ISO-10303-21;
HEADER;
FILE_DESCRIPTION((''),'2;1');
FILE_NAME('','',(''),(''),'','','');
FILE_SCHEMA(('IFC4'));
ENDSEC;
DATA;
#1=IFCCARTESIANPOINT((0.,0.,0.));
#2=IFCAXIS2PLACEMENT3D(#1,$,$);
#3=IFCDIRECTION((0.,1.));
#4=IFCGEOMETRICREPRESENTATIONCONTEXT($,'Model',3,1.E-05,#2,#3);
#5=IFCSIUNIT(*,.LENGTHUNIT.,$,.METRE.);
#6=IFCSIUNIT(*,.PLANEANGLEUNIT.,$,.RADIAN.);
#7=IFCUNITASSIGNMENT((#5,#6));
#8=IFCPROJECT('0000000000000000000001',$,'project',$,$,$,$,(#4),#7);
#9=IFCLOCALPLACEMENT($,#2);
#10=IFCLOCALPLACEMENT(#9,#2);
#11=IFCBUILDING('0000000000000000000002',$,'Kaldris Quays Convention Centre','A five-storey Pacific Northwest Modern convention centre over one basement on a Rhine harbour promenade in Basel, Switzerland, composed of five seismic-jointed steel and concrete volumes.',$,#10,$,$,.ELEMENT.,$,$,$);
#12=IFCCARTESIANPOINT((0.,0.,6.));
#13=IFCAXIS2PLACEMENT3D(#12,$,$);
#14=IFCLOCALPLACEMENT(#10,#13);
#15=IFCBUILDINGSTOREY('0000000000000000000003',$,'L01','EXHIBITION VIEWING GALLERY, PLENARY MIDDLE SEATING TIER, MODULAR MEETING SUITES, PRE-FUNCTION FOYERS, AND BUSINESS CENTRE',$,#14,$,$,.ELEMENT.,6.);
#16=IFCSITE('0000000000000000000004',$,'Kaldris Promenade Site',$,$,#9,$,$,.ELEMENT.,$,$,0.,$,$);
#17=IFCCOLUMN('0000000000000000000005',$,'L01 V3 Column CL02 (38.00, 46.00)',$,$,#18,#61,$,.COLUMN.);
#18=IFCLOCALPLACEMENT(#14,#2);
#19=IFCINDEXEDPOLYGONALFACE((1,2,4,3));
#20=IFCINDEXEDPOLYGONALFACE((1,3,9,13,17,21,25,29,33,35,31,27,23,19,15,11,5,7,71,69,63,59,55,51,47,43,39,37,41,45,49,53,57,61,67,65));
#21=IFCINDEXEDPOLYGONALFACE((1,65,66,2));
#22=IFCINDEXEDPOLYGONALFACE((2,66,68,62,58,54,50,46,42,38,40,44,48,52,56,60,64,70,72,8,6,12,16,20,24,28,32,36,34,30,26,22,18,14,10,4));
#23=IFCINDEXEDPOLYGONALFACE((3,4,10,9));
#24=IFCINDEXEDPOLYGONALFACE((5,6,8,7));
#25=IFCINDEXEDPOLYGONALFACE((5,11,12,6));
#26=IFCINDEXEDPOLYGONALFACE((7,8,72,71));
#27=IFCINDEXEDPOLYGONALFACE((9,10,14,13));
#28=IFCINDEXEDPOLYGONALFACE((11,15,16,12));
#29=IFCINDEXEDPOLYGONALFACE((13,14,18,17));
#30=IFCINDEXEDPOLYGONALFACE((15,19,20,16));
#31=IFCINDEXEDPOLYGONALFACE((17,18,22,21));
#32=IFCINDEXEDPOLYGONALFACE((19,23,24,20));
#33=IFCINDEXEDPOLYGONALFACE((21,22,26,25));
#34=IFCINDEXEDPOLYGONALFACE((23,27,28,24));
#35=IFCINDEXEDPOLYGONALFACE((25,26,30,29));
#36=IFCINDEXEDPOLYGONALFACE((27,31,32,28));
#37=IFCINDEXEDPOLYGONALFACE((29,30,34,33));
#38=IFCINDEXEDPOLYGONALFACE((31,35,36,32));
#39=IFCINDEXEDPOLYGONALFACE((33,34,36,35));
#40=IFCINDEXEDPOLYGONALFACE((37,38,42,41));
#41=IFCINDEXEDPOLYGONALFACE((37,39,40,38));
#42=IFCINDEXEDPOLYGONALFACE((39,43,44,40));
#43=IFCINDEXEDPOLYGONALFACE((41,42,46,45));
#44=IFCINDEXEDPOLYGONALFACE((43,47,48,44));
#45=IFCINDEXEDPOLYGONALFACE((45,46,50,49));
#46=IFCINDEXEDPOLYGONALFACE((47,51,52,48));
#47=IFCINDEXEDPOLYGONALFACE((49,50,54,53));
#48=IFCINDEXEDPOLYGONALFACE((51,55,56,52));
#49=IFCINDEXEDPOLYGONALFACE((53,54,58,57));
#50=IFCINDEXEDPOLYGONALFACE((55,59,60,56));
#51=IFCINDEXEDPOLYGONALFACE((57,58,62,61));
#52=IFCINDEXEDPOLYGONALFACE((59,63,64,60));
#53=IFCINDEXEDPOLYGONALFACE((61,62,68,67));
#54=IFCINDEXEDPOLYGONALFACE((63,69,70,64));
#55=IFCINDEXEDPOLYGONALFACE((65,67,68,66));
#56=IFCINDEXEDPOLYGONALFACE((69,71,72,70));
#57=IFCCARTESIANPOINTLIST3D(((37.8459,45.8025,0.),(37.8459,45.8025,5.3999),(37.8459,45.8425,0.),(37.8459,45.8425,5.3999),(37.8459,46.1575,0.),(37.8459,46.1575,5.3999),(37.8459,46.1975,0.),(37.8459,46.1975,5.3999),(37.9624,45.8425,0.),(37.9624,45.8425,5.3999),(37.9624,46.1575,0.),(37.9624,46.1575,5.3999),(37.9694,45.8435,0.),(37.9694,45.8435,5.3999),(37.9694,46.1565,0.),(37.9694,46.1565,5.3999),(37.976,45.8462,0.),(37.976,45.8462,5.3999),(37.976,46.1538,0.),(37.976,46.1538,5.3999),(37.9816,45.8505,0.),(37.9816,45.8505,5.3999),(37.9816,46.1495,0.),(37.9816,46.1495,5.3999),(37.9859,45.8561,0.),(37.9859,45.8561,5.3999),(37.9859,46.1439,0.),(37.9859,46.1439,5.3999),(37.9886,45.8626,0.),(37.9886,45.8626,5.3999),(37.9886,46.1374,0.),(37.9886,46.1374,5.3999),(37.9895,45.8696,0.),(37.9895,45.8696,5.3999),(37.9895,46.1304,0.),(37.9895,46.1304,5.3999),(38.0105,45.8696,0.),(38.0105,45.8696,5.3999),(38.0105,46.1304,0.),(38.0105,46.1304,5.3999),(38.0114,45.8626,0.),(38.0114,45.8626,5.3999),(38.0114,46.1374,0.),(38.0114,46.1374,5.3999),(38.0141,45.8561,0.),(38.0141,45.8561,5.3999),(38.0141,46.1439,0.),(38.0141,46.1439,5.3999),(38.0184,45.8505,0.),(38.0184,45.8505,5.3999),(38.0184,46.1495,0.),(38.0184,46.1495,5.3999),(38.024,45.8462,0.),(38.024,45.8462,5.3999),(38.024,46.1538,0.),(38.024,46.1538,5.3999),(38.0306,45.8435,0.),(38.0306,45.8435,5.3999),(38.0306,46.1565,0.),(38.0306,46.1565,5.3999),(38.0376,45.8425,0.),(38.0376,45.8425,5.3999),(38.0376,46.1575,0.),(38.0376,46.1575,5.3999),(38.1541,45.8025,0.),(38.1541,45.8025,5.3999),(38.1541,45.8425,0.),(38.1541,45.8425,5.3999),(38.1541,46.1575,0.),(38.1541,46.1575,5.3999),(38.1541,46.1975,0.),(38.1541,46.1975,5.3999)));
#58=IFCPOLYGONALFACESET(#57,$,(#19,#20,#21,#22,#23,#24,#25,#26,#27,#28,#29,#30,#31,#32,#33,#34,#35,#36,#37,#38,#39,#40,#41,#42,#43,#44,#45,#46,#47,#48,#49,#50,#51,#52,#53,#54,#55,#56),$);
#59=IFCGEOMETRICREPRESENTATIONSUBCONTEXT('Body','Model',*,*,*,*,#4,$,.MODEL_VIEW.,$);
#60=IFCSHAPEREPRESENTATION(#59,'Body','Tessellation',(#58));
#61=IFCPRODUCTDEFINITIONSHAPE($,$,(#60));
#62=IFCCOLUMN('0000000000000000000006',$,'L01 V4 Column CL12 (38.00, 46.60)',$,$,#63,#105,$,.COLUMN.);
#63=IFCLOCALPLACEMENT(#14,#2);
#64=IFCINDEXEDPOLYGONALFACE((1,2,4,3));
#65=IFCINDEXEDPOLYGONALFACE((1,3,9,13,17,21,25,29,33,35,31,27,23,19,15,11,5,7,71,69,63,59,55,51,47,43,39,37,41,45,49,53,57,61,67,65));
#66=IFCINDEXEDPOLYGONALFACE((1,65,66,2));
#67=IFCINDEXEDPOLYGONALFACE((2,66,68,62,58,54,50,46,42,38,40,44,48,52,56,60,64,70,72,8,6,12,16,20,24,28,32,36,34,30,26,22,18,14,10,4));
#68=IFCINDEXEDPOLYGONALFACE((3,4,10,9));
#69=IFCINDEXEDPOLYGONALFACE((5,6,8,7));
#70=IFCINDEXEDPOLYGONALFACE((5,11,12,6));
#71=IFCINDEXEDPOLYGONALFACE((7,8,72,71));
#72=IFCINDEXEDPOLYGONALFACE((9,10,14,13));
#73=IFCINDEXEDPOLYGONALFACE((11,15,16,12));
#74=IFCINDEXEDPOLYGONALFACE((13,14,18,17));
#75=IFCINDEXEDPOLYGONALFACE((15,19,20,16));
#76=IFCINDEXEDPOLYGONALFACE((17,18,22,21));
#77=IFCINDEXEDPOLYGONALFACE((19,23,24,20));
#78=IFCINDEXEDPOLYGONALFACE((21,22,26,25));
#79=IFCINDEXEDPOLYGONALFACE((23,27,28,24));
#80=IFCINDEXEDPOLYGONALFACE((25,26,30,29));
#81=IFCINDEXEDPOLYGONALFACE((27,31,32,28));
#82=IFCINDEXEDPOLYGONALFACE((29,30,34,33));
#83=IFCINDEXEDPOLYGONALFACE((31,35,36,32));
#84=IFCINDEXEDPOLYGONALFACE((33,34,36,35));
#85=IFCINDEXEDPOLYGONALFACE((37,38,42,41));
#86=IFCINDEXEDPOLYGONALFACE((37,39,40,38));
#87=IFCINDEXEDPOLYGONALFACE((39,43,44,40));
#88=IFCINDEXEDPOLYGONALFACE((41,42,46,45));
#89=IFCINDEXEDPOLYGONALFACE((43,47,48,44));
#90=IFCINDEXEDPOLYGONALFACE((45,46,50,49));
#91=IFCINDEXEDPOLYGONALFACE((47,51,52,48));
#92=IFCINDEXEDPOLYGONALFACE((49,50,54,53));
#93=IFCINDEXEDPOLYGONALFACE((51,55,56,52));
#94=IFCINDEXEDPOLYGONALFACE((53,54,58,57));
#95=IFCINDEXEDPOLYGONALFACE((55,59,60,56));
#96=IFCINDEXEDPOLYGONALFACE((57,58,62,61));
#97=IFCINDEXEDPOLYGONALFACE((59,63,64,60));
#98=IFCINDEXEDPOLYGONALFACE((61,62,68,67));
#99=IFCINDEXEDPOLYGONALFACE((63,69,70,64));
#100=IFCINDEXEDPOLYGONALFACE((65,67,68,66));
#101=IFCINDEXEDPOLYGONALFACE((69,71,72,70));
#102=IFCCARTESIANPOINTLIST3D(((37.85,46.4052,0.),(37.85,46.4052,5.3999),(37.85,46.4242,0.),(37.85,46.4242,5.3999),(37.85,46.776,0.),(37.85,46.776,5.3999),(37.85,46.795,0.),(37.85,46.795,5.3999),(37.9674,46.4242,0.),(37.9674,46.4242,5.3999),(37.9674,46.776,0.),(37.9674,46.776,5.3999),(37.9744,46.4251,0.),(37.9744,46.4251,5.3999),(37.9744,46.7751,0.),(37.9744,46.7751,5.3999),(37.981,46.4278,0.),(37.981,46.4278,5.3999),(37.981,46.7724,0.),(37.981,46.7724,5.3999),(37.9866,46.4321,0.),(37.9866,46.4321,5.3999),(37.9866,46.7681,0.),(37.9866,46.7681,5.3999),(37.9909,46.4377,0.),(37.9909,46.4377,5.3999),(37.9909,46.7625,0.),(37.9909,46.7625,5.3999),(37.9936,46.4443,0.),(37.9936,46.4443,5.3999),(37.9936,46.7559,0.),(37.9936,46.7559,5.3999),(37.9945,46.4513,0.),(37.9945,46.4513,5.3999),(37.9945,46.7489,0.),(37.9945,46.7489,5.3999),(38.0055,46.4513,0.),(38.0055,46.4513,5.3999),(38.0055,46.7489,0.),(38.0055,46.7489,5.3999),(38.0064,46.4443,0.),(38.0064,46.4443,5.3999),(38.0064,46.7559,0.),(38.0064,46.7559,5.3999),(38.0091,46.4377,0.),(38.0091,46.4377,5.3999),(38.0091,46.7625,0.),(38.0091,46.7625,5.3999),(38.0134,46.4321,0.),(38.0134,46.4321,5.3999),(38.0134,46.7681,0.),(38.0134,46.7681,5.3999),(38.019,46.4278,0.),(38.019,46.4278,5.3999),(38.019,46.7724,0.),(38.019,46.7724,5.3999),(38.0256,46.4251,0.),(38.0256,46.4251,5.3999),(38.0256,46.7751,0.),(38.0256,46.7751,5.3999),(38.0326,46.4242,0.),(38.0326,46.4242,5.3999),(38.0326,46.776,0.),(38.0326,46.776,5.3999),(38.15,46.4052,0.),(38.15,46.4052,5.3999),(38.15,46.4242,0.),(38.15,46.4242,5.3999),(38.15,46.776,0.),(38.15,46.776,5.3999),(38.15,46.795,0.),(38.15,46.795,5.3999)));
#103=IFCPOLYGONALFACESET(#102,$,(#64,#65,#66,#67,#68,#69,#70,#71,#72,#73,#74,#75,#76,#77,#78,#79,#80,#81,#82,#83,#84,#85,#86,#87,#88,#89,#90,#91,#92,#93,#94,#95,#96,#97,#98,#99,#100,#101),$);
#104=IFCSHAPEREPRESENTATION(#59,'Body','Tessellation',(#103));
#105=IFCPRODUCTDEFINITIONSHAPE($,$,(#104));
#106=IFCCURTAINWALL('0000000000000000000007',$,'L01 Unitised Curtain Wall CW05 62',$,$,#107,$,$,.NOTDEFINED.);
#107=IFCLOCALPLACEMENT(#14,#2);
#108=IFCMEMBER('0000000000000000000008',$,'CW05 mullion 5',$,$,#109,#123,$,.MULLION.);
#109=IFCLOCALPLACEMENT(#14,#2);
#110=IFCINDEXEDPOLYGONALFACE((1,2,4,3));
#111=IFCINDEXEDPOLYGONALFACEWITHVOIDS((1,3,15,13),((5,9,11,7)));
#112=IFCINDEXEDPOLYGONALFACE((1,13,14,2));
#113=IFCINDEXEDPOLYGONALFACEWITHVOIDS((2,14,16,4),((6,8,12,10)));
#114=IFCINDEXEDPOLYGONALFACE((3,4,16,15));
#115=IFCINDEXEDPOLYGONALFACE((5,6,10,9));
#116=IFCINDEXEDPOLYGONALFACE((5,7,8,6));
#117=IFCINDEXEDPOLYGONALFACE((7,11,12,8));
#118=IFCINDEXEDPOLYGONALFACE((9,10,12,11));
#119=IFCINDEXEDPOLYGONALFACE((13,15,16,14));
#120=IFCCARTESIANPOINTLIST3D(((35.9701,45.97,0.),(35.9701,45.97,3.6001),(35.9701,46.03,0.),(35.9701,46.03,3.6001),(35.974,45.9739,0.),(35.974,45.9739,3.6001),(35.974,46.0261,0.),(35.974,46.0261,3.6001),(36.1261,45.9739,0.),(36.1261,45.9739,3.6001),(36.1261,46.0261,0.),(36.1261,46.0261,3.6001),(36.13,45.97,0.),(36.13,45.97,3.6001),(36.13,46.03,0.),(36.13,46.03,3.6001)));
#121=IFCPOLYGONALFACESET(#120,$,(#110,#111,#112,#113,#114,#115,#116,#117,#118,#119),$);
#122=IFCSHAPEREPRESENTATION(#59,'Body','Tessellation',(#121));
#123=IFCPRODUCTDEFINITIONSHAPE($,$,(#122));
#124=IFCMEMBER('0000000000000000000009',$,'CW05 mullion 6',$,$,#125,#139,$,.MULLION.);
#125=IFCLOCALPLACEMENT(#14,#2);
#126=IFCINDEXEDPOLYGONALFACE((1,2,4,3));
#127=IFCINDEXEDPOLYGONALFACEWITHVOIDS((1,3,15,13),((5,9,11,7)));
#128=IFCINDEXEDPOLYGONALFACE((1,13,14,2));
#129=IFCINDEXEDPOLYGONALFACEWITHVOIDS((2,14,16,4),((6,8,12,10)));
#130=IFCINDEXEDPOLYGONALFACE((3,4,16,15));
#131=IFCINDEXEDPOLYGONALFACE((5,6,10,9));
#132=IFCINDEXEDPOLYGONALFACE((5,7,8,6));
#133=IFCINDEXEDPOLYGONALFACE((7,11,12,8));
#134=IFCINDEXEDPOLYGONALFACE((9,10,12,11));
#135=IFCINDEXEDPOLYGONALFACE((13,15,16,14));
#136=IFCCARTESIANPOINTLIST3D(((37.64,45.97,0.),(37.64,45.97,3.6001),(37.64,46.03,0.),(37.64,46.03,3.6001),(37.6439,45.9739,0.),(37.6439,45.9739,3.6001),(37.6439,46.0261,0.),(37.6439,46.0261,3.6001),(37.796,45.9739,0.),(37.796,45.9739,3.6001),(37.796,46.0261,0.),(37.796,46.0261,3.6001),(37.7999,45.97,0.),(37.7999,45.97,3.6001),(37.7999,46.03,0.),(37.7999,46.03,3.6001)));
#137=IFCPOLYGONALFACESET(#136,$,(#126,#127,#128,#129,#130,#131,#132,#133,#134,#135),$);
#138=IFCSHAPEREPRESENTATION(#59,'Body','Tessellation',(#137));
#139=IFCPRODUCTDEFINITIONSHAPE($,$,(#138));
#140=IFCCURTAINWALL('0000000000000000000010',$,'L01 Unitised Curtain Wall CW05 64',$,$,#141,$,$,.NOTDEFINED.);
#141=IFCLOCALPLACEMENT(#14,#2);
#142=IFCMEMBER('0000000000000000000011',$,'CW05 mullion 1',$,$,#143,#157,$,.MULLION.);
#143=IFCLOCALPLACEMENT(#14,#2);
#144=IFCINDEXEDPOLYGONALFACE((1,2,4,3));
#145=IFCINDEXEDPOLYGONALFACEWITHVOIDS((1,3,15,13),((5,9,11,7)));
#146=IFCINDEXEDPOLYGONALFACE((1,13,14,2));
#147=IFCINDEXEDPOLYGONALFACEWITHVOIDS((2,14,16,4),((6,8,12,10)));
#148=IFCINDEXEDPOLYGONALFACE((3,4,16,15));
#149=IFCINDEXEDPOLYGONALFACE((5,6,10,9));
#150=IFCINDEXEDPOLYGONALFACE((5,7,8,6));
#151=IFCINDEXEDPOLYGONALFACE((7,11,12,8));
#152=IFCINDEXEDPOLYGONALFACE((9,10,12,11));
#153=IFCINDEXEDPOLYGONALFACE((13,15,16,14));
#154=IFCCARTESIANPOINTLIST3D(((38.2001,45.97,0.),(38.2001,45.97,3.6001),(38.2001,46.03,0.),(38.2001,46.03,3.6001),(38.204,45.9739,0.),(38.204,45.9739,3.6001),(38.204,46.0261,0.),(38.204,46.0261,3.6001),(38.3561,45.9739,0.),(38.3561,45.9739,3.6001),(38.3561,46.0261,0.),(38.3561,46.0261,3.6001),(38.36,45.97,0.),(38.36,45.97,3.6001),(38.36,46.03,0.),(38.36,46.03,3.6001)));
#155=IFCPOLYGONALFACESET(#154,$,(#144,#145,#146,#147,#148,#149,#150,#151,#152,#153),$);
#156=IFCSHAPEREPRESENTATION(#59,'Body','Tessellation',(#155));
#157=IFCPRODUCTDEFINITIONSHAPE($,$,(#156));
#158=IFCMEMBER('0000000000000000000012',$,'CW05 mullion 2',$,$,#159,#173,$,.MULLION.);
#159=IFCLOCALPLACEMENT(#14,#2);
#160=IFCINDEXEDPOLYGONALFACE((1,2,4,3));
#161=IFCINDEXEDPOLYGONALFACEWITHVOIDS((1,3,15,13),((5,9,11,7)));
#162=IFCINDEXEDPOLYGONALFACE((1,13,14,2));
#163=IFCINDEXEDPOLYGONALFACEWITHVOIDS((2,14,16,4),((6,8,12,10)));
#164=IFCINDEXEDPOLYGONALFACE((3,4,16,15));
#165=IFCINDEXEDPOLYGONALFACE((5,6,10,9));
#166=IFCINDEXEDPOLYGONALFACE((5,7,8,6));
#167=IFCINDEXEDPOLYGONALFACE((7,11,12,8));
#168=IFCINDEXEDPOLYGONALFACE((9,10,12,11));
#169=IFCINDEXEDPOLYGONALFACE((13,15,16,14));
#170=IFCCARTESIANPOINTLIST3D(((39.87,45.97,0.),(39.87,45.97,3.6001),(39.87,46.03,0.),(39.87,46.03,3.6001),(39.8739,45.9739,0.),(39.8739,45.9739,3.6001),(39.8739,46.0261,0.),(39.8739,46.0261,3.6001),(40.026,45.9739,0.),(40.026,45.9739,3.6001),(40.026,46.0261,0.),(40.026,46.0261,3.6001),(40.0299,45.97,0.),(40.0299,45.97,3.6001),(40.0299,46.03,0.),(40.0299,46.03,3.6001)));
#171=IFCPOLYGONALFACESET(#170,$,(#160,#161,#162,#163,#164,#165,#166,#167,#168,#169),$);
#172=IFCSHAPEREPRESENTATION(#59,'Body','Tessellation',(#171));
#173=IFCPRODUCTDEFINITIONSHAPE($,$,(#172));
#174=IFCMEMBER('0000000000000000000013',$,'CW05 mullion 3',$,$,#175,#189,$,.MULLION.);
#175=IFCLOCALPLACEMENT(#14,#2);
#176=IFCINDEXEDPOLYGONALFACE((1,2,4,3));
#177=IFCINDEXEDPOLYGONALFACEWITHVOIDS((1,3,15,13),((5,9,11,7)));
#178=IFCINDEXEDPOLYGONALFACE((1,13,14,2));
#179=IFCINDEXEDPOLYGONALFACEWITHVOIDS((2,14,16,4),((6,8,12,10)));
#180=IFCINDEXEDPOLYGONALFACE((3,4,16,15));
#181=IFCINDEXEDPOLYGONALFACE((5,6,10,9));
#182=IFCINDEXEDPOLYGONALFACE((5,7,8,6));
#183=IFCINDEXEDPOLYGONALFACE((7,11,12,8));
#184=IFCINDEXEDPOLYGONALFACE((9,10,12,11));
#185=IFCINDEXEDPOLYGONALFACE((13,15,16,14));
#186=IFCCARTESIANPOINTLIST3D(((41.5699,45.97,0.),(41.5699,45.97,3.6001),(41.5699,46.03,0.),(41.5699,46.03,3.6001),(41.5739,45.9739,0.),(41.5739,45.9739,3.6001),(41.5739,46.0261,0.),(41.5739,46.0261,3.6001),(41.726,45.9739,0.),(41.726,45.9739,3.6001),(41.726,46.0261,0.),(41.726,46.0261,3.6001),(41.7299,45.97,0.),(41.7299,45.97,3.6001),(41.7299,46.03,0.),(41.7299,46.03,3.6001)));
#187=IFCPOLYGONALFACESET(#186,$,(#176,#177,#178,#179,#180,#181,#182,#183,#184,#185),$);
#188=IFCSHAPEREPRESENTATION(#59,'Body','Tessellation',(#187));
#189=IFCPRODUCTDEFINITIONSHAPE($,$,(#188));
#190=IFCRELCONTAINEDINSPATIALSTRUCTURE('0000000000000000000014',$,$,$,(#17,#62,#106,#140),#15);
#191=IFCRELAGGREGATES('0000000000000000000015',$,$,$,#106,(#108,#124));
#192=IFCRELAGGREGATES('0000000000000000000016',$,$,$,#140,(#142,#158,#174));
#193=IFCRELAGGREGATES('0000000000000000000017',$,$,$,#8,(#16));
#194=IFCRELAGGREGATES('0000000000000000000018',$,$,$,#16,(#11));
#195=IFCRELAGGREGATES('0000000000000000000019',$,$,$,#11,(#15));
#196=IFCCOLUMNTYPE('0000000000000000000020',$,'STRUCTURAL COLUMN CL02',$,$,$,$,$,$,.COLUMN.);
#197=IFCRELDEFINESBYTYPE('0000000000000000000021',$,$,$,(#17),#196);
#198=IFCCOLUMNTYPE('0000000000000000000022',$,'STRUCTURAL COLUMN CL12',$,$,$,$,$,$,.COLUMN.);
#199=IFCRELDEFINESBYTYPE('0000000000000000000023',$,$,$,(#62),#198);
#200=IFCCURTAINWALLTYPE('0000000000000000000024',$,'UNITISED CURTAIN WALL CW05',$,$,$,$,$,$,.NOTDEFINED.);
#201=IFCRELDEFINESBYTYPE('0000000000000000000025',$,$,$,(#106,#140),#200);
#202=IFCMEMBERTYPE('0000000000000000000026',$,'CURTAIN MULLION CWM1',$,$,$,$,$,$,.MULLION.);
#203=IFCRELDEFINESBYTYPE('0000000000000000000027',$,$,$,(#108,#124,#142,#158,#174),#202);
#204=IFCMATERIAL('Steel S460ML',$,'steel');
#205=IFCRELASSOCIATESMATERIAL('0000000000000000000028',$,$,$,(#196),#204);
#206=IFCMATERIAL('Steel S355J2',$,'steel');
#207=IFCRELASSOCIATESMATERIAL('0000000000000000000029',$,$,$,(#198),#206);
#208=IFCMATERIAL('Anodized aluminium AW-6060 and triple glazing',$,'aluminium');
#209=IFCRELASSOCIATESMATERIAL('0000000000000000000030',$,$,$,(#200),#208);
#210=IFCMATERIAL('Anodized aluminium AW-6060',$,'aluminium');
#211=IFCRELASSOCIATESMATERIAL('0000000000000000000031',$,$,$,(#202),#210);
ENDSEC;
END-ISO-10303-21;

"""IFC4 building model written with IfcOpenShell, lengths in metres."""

from ifc_helpers import new_model, si_unit, direction, frame, origin, origin_2d, place, context, subcontext, project, spatial, hollow_rectangle, i_section, extrude, material, material_profile, profile_set, type_object, element, aggregate, save


model = new_model("IFC4")

# Units and contexts
model_context = context("Model", 3, precision=1e-05, world=origin(), true_north=direction((0.0, 1.0)))
body_context = subcontext(model_context, "Body", "Model", "MODEL_VIEW")
ifc_project = project(units=[si_unit("LENGTHUNIT", "METRE"), si_unit("PLANEANGLEUNIT", "RADIAN")], contexts=[model_context])

# Site, building, storey
site_placement = place(None, origin())
site = spatial("IfcSite", under=ifc_project, at=site_placement, Name="Kaldris Promenade Site", CompositionType="ELEMENT", RefElevation=0.0)
building_placement = place(site_placement, origin())
building = spatial("IfcBuilding", under=site, at=building_placement, Name="Kaldris Quays Convention Centre", Description="A five-storey Pacific Northwest Modern convention centre over one basement on a Rhine harbour promenade in Basel, Switzerland, composed of five seismic-jointed steel and concrete volumes.", CompositionType="ELEMENT")
storey_placement = place(building_placement, frame((0.0, 0.0, 6.0)))
storey = spatial("IfcBuildingStorey", under=building, at=storey_placement, Name="L01", Description="EXHIBITION VIEWING GALLERY, PLENARY MIDDLE SEATING TIER, MODULAR MEETING SUITES, PRE-FUNCTION FOYERS, AND BUSINESS CENTRE", CompositionType="ELEMENT", Elevation=6.0)

# Columns
ifc_material_1 = material(Name="Steel S460ML", Category="steel")
ifc_material_profile_1 = material_profile(ifc_material_1, i_section(OverallWidth=0.3081, OverallDepth=0.395, WebThickness=0.021, FlangeThickness=0.04, FilletRadius=0.0271, at=origin_2d()), Name="HEM 360")
ifc_profile_set_1 = profile_set([ifc_material_profile_1], Name="Steel S460ML")
column_type_1 = type_object("IfcColumnType", Name="STRUCTURAL COLUMN CL02", PredefinedType="COLUMN", material=ifc_profile_set_1)
column_1_placement = place(storey_placement, frame((38.0, 46.0, 0.0), z_axis=(0.0, 0.0, 1.0), x_axis=(1.0, 0.0, 0.0)))
element("IfcColumn", 1, at=column_1_placement, inside=storey, type_object=column_type_1, Name="L01 V3 Column CL02 (38.00, 46.00)", PredefinedType="COLUMN", context=body_context, shape_type="SweptSolid", body=[
    extrude(i_section(OverallWidth=0.3081, OverallDepth=0.395, WebThickness=0.021, FlangeThickness=0.04, FilletRadius=0.0271, at=origin_2d()), origin(), (0.0, 0.0, 1.0), 5.3999),
])
ifc_material_2 = material(Name="Steel S355J2", Category="steel")
ifc_material_profile_2 = material_profile(ifc_material_2, i_section(OverallWidth=0.3, OverallDepth=0.3899, WebThickness=0.011, FlangeThickness=0.019, FilletRadius=0.0271, at=origin_2d()), Name="HEA 400")
ifc_profile_set_2 = profile_set([ifc_material_profile_2], Name="Steel S355J2")
column_type_2 = type_object("IfcColumnType", Name="STRUCTURAL COLUMN CL12", PredefinedType="COLUMN", material=ifc_profile_set_2)
column_2_placement = place(storey_placement, frame((38.0, 46.6001, 0.0), z_axis=(0.0, 0.0, 1.0), x_axis=(1.0, 0.0, 0.0)))
element("IfcColumn", 2, at=column_2_placement, inside=storey, type_object=column_type_2, Name="L01 V4 Column CL12 (38.00, 46.60)", PredefinedType="COLUMN", context=body_context, shape_type="SweptSolid", body=[
    extrude(i_section(OverallWidth=0.3, OverallDepth=0.3899, WebThickness=0.011, FlangeThickness=0.019, FilletRadius=0.0271, at=origin_2d()), origin(), (0.0, 0.0, 1.0), 5.3999),
])

# Curtain walls, members
ifc_material_3 = material(Name="Anodized aluminium AW-6060 and triple glazing", Category="aluminium")
curtain_wall_type_1 = type_object("IfcCurtainWallType", Name="UNITISED CURTAIN WALL CW05", PredefinedType="NOTDEFINED", material=ifc_material_3)
curtain_wall_1_placement = place(storey_placement, origin())
curtain_wall_1 = element("IfcCurtainWall", 3, at=curtain_wall_1_placement, inside=storey, type_object=curtain_wall_type_1, Name="L01 Unitised Curtain Wall CW05 62", PredefinedType="NOTDEFINED")
ifc_material_4 = material(Name="Anodized aluminium AW-6060", Category="aluminium")
ifc_material_profile_3 = material_profile(ifc_material_4, hollow_rectangle(XDim=0.0601, YDim=0.1599, WallThickness=0.0039, at=origin_2d()), Name="RHS 160x60x4")
ifc_profile_set_3 = profile_set([ifc_material_profile_3], Name="Anodized aluminium AW-6060")
member_type_1 = type_object("IfcMemberType", Name="CURTAIN MULLION CWM1", PredefinedType="MULLION", material=ifc_profile_set_3)
member_1_placement = place(storey_placement, frame((36.05, 46.0, 0.0), z_axis=(0.0, 0.0, 1.0), x_axis=(0.0, 1.0, 0.0)))
member_1 = element("IfcMember", 4, at=member_1_placement, type_object=member_type_1, Name="CW05 mullion 5", PredefinedType="MULLION", context=body_context, shape_type="SweptSolid", body=[
    extrude(hollow_rectangle(XDim=0.0601, YDim=0.1599, WallThickness=0.0039, at=origin_2d()), origin(), (0.0, 0.0, 1.0), 3.6001),
])
member_2_placement = place(storey_placement, frame((37.72, 46.0, 0.0), z_axis=(0.0, 0.0, 1.0), x_axis=(0.0, 1.0, 0.0)))
member_2 = element("IfcMember", 5, at=member_2_placement, type_object=member_type_1, Name="CW05 mullion 6", PredefinedType="MULLION", context=body_context, shape_type="SweptSolid", body=[
    extrude(hollow_rectangle(XDim=0.0601, YDim=0.1599, WallThickness=0.0039, at=origin_2d()), origin(), (0.0, 0.0, 1.0), 3.6001),
])
curtain_wall_2_placement = place(storey_placement, origin())
curtain_wall_2 = element("IfcCurtainWall", 6, at=curtain_wall_2_placement, inside=storey, type_object=curtain_wall_type_1, Name="L01 Unitised Curtain Wall CW05 64", PredefinedType="NOTDEFINED")
member_3_placement = place(storey_placement, frame((38.28, 46.0, 0.0), z_axis=(0.0, 0.0, 1.0), x_axis=(0.0, 1.0, 0.0)))
member_3 = element("IfcMember", 7, at=member_3_placement, type_object=member_type_1, Name="CW05 mullion 1", PredefinedType="MULLION", context=body_context, shape_type="SweptSolid", body=[
    extrude(hollow_rectangle(XDim=0.0601, YDim=0.1599, WallThickness=0.0039, at=origin_2d()), origin(), (0.0, 0.0, 1.0), 3.6001),
])
member_4_placement = place(storey_placement, frame((39.95, 46.0, 0.0), z_axis=(0.0, 0.0, 1.0), x_axis=(0.0, 1.0, 0.0)))
member_4 = element("IfcMember", 8, at=member_4_placement, type_object=member_type_1, Name="CW05 mullion 2", PredefinedType="MULLION", context=body_context, shape_type="SweptSolid", body=[
    extrude(hollow_rectangle(XDim=0.0601, YDim=0.1599, WallThickness=0.0039, at=origin_2d()), origin(), (0.0, 0.0, 1.0), 3.6001),
])
member_5_placement = place(storey_placement, frame((41.6499, 46.0, 0.0), z_axis=(0.0, 0.0, 1.0), x_axis=(0.0, 1.0, 0.0)))
member_5 = element("IfcMember", 9, at=member_5_placement, type_object=member_type_1, Name="CW05 mullion 3", PredefinedType="MULLION", context=body_context, shape_type="SweptSolid", body=[
    extrude(hollow_rectangle(XDim=0.0601, YDim=0.1599, WallThickness=0.0039, at=origin_2d()), origin(), (0.0, 0.0, 1.0), 3.6001),
])

aggregate(curtain_wall_1, [member_1, member_2])
aggregate(curtain_wall_2, [member_3, member_4, member_5])

save(model, "model.ifc")
